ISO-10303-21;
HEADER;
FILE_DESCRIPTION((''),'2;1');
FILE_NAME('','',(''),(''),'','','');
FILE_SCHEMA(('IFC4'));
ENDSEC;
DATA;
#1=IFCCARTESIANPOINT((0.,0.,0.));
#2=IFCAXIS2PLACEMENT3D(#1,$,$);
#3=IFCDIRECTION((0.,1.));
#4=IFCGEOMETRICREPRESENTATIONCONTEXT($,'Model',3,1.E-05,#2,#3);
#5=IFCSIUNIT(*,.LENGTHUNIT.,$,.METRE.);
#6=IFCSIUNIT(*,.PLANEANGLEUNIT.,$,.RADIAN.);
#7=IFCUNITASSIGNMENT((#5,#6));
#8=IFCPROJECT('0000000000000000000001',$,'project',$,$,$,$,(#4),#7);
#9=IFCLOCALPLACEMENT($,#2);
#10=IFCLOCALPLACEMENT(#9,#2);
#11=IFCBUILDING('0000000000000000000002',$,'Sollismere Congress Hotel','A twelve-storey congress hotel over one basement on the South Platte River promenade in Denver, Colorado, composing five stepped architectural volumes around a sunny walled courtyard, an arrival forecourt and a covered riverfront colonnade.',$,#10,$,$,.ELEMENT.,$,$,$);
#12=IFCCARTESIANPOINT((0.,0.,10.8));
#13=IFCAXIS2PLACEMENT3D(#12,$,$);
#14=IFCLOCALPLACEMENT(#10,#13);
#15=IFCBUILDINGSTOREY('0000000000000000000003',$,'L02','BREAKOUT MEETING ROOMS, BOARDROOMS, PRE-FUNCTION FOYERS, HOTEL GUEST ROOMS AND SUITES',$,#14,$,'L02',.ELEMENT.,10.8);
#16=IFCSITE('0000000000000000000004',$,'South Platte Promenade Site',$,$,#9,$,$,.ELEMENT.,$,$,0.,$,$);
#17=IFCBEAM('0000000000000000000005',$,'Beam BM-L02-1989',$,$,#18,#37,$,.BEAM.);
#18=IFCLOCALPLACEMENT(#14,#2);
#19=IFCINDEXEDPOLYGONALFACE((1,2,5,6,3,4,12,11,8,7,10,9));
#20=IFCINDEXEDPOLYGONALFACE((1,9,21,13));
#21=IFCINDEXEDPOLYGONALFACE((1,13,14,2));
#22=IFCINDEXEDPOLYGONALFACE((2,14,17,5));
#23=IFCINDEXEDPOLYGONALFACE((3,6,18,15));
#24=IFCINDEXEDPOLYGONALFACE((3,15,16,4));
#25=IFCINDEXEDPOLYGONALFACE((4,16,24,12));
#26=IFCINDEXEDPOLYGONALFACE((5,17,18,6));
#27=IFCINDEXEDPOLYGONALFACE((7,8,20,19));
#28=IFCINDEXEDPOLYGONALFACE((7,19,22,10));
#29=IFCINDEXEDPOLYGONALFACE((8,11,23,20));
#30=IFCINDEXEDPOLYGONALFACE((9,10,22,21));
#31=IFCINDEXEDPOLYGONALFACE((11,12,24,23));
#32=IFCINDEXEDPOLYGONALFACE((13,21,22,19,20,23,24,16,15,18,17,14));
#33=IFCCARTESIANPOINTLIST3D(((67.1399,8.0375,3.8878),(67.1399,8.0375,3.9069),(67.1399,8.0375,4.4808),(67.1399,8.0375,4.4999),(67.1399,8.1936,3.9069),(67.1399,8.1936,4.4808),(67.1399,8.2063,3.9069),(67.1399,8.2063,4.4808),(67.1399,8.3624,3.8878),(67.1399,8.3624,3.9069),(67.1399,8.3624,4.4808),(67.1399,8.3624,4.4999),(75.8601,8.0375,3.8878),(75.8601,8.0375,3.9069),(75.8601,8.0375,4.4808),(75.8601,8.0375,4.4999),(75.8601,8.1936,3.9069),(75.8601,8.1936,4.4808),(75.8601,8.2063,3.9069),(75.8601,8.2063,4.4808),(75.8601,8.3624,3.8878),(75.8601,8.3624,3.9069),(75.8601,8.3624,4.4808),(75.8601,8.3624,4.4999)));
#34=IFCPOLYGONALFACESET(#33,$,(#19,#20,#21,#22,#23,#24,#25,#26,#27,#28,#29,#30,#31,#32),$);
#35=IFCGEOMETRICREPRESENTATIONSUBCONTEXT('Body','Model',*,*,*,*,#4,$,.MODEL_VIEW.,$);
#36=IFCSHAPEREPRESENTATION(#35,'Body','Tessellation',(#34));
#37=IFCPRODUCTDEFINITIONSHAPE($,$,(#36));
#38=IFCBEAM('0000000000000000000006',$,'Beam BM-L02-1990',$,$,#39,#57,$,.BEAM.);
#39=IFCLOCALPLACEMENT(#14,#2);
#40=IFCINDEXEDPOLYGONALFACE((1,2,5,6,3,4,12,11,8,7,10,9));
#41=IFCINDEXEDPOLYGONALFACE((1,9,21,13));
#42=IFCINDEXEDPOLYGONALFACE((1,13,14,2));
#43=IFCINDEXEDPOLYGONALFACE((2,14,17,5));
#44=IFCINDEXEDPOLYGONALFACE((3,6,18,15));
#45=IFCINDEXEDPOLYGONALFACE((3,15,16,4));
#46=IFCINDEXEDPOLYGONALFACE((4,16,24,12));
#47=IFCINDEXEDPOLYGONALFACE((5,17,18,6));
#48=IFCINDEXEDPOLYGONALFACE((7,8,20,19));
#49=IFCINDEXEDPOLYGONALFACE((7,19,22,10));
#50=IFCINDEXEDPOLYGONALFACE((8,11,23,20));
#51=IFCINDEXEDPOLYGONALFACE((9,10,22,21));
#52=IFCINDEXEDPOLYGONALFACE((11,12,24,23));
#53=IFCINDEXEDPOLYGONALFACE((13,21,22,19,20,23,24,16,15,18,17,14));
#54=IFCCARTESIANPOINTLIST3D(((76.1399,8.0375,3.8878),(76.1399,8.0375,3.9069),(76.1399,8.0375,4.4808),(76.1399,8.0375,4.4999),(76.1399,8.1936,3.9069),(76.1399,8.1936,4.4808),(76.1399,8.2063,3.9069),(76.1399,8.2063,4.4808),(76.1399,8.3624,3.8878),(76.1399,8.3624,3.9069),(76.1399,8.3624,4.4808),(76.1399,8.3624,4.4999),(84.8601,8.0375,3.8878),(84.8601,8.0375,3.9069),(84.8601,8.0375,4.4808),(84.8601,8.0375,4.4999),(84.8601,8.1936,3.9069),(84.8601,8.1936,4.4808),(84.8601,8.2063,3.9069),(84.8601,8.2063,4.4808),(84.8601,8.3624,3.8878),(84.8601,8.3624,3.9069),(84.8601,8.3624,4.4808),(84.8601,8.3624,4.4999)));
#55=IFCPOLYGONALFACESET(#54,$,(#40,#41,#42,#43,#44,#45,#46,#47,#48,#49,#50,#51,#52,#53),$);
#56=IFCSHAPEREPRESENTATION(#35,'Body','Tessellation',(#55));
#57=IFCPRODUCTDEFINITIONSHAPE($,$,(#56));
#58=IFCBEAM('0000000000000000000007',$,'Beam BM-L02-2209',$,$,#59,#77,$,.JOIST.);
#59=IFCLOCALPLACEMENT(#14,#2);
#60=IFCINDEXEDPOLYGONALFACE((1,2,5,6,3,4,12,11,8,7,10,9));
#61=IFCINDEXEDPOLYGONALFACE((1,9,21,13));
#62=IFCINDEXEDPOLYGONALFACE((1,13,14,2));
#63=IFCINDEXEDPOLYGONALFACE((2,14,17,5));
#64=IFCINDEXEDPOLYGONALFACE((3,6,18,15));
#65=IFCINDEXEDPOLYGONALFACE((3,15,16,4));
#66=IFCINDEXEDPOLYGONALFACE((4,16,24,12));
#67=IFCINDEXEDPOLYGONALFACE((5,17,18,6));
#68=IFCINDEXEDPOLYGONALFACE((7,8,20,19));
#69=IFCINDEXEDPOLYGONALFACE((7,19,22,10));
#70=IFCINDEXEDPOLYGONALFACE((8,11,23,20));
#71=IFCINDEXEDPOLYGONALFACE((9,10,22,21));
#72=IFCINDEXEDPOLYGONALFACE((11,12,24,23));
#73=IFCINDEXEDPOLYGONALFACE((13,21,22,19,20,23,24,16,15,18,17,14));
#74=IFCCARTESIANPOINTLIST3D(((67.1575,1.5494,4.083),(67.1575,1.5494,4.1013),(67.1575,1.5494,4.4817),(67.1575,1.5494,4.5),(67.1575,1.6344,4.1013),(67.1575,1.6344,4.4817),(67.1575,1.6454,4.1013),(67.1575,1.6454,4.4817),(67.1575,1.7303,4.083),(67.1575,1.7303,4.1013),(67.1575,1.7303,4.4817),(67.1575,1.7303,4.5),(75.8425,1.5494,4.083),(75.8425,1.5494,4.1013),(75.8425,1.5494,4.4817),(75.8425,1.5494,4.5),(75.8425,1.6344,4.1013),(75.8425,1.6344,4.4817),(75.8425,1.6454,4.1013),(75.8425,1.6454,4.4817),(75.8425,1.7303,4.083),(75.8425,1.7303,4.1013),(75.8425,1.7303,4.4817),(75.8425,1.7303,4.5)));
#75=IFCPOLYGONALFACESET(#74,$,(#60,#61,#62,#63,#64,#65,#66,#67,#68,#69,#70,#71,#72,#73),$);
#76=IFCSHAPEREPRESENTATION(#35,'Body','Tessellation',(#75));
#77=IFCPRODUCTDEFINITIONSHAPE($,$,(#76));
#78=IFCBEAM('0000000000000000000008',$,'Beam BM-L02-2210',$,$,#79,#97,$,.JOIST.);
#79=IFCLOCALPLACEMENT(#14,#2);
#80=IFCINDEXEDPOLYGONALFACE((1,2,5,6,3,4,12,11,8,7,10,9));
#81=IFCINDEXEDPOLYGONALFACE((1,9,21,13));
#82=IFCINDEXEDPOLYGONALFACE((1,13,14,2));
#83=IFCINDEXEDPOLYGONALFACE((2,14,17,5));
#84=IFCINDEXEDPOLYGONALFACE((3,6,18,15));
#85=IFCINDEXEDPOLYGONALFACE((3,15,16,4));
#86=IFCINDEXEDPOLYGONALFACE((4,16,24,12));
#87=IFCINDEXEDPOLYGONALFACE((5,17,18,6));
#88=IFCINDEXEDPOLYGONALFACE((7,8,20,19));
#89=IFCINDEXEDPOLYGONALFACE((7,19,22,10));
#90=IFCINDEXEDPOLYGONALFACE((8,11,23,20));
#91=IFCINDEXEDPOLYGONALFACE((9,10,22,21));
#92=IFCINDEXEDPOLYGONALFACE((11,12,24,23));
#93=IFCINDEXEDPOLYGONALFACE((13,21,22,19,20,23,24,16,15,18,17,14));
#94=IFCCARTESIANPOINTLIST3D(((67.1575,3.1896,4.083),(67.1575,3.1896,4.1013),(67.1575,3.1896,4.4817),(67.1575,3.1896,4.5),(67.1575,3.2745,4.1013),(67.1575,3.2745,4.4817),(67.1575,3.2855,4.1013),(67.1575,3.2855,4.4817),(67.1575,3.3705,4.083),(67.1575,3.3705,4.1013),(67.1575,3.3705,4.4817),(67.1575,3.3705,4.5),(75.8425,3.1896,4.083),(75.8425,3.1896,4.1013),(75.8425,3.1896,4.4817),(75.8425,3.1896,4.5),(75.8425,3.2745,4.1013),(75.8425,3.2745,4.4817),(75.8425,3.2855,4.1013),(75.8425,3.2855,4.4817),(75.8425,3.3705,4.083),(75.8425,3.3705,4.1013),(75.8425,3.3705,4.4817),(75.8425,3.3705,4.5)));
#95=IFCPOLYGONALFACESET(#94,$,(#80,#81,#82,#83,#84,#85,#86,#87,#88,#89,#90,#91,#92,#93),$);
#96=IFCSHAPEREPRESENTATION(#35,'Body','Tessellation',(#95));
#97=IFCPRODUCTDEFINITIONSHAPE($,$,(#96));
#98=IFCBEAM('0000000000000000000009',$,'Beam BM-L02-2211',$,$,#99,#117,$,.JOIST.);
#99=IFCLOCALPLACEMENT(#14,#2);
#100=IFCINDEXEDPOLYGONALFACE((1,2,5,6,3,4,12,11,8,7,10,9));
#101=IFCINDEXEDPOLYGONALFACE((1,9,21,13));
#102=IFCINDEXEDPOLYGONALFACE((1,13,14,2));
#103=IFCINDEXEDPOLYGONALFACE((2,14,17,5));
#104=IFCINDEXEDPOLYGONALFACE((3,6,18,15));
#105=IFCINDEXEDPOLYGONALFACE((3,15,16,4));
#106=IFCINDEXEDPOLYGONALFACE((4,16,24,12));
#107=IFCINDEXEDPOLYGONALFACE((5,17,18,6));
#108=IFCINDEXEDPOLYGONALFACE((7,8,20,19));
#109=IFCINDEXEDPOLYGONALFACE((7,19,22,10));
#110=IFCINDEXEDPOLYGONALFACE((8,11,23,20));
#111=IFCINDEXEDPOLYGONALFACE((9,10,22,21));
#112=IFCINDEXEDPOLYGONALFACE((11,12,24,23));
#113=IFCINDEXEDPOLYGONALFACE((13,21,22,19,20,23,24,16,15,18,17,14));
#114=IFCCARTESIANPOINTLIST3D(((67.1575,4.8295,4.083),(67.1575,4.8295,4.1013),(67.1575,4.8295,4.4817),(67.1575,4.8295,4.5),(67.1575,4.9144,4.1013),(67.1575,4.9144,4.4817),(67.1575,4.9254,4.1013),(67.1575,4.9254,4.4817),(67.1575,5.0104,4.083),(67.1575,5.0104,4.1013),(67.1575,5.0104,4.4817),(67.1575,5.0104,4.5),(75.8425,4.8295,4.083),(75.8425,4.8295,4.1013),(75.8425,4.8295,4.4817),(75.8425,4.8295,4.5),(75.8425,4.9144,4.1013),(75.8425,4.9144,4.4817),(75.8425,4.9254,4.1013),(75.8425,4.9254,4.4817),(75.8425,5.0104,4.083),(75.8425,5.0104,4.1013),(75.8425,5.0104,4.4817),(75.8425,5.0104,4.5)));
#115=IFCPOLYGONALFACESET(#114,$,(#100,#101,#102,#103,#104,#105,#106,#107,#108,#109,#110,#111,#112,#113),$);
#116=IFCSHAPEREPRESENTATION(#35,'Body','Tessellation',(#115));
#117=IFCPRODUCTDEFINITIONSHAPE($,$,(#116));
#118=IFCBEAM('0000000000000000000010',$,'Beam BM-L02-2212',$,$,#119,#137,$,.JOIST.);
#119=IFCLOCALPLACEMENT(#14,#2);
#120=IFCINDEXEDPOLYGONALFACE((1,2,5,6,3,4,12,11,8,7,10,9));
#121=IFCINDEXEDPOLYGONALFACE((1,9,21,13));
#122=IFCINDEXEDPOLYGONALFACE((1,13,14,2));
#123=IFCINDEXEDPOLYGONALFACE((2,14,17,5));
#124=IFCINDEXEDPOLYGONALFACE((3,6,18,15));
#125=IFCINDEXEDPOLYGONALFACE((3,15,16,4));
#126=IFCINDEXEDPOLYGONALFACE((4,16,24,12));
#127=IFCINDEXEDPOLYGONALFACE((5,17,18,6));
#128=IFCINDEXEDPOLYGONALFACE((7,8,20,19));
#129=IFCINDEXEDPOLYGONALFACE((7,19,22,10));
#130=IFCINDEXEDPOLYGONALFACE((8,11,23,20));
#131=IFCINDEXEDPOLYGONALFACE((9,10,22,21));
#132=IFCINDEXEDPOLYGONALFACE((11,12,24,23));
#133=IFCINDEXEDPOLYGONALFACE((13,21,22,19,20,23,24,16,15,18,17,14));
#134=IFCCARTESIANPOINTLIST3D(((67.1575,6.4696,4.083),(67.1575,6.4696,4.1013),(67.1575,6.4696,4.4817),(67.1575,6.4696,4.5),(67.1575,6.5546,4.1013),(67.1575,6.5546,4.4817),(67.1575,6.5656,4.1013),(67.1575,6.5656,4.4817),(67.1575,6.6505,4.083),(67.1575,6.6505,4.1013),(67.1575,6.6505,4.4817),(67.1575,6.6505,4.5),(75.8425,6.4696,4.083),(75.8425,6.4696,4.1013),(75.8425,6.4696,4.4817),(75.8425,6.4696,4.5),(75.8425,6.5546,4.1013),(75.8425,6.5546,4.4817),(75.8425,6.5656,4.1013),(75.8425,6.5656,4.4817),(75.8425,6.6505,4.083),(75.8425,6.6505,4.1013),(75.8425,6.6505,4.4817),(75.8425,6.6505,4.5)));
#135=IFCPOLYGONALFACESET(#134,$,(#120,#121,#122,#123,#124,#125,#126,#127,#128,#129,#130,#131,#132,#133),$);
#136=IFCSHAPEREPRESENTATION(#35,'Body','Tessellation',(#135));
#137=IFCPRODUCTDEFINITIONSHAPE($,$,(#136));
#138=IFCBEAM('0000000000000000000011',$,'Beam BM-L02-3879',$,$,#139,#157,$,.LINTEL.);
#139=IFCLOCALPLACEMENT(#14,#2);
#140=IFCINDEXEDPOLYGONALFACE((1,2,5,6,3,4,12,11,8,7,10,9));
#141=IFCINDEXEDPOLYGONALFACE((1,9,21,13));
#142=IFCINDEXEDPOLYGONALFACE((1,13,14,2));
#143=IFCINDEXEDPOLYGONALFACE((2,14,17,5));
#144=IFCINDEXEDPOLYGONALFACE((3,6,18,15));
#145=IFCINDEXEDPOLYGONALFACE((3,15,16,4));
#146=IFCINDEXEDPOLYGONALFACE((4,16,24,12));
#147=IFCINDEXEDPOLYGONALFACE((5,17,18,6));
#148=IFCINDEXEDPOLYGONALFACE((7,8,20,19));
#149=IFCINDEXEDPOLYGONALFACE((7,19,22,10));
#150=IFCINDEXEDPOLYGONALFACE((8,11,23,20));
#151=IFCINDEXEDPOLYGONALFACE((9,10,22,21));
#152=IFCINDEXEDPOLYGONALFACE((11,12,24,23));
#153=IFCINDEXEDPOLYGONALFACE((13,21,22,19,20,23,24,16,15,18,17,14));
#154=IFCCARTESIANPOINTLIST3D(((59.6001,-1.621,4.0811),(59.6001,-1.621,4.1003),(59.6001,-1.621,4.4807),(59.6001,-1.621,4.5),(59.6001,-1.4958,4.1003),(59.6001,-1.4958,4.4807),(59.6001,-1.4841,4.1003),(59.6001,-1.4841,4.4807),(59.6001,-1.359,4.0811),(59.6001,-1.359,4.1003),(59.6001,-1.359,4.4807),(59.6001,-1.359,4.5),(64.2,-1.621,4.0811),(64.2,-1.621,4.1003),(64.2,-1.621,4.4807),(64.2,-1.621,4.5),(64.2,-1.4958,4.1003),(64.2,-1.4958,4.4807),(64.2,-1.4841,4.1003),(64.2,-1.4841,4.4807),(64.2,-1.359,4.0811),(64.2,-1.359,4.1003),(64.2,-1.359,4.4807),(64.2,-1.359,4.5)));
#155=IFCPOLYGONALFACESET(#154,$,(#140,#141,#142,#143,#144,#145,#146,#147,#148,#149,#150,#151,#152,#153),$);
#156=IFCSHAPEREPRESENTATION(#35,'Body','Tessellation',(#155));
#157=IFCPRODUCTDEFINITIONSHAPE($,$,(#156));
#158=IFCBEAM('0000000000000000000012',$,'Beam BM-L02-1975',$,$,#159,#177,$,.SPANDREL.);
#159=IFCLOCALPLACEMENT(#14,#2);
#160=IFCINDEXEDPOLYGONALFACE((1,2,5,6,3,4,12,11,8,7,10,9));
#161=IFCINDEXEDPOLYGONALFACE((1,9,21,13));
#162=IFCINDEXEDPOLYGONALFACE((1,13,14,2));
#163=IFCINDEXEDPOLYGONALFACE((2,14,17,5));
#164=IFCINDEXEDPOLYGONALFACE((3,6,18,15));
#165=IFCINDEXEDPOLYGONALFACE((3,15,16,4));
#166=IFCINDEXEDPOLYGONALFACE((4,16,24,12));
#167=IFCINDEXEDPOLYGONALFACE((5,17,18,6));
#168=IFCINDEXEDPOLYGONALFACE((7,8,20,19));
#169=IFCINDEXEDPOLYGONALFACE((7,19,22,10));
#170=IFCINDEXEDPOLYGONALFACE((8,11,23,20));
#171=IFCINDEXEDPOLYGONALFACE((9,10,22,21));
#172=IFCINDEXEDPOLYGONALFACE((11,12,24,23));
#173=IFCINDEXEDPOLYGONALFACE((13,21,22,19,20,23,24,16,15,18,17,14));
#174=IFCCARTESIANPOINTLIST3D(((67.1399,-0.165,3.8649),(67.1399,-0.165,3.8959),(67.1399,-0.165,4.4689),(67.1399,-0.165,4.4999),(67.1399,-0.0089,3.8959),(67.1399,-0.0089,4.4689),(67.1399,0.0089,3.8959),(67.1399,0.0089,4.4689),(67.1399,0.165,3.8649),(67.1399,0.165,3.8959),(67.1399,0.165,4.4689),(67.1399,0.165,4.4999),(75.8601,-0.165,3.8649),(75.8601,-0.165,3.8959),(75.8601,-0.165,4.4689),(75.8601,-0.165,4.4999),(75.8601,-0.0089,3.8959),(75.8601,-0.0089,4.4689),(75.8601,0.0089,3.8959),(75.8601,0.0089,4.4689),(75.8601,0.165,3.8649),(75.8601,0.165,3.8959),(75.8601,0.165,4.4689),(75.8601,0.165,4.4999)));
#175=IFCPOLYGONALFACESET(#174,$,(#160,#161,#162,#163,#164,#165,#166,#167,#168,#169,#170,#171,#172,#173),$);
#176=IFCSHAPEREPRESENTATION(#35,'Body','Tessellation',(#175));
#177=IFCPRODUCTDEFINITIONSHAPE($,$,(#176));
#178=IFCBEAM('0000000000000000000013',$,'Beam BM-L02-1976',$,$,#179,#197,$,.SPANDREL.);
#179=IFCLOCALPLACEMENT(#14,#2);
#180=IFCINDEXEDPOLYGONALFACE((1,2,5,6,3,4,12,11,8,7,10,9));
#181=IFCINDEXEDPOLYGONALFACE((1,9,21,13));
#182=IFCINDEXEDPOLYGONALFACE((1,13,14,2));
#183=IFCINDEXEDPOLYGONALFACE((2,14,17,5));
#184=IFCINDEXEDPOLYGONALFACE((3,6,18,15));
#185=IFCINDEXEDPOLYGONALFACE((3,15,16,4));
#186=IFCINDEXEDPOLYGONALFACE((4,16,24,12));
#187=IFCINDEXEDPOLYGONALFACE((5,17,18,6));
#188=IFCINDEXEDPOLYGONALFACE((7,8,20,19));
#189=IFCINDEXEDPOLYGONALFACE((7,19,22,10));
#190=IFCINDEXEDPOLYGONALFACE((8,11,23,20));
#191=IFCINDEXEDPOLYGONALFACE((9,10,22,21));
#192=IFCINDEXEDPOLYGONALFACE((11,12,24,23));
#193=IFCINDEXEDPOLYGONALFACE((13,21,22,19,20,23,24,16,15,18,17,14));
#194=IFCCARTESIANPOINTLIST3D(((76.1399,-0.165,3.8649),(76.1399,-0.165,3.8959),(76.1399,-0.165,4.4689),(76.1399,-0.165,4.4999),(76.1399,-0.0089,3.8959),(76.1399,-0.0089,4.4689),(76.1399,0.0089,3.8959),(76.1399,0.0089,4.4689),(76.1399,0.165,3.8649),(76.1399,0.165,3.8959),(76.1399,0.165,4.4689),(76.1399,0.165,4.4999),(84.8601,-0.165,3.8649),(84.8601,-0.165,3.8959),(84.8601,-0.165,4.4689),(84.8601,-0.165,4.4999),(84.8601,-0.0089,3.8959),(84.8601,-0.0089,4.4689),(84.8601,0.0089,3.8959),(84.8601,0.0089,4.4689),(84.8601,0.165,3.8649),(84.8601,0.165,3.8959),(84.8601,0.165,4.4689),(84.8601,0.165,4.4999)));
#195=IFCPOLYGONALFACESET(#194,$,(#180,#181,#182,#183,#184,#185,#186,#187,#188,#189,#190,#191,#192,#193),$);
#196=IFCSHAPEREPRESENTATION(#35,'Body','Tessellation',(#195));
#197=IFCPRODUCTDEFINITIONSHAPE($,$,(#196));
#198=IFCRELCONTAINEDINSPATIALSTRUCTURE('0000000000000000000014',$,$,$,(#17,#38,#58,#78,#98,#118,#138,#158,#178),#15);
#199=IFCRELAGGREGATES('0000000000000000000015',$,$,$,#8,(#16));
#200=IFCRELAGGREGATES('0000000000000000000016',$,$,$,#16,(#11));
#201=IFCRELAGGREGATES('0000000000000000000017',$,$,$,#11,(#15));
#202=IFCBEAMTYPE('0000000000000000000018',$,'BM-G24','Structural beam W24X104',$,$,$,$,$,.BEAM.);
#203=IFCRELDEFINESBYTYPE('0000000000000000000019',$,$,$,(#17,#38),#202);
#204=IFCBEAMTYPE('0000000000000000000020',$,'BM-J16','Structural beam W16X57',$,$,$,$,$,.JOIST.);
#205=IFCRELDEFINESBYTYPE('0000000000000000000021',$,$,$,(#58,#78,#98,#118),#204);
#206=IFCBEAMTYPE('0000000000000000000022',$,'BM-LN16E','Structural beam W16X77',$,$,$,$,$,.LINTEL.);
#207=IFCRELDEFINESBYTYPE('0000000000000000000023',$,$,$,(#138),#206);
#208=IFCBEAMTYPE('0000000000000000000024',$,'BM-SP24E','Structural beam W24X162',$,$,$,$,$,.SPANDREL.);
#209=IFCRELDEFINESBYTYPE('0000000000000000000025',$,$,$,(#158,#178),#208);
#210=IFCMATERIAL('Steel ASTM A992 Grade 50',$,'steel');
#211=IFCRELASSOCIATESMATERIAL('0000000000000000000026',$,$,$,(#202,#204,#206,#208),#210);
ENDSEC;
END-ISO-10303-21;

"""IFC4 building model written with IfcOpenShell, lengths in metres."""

from ifc_helpers import new_model, si_unit, direction, frame, origin, origin_2d, place, context, subcontext, project, spatial, i_section, extrude, material, material_profile, profile_set, type_object, element, save


model = new_model("IFC4")

# Units and contexts
model_context = context("Model", 3, precision=1e-05, world=origin(), true_north=direction((0.0, 1.0)))
body_context = subcontext(model_context, "Body", "Model", "MODEL_VIEW")
ifc_project = project(units=[si_unit("LENGTHUNIT", "METRE"), si_unit("PLANEANGLEUNIT", "RADIAN")], contexts=[model_context])

# Site, building, storey
site_placement = place(None, origin())
site = spatial("IfcSite", under=ifc_project, at=site_placement, Name="South Platte Promenade Site", CompositionType="ELEMENT", RefElevation=0.0)
building_placement = place(site_placement, origin())
building = spatial("IfcBuilding", under=site, at=building_placement, Name="Sollismere Congress Hotel", Description="A twelve-storey congress hotel over one basement on the South Platte River promenade in Denver, Colorado, composing five stepped architectural volumes around a sunny walled courtyard, an arrival forecourt and a covered riverfront colonnade.", CompositionType="ELEMENT")
storey_placement = place(building_placement, frame((0.0, 0.0, 10.8)))
storey = spatial("IfcBuildingStorey", under=building, at=storey_placement, Name="L02", Description="BREAKOUT MEETING ROOMS, BOARDROOMS, PRE-FUNCTION FOYERS, HOTEL GUEST ROOMS AND SUITES", LongName="L02", CompositionType="ELEMENT", Elevation=10.8)

# Shared definitions
ifc_material_1 = material(Name="Steel ASTM A992 Grade 50", Category="steel")

# Beams
ifc_material_profile_1 = material_profile(ifc_material_1, i_section(OverallWidth=0.325, OverallDepth=0.6121, WebThickness=0.0127, FlangeThickness=0.019, at=origin_2d()), Name="W24X104")
ifc_profile_set_1 = profile_set([ifc_material_profile_1], Name="Steel ASTM A992 Grade 50")
beam_type_1 = type_object("IfcBeamType", Name="BM-G24", Description="Structural beam W24X104", PredefinedType="BEAM", material=ifc_profile_set_1)
for number, where, z_axis, x_axis, name in (
    (1, (67.1399, 8.2, 4.1938), (1.0, 0.0, 0.0), (0.0, 1.0, 0.0), "Beam BM-L02-1989"),
    (2, (76.1399, 8.2, 4.1938), (1.0, 0.0, 0.0), (0.0, 1.0, 0.0), "Beam BM-L02-1990"),
):
    element("IfcBeam", number, at=place(storey_placement, frame(where, z_axis=z_axis, x_axis=x_axis)), inside=storey, type_object=beam_type_1, Name=name, PredefinedType="BEAM", context=body_context, shape_type="SweptSolid", body=[
        extrude(i_section(OverallWidth=0.325, OverallDepth=0.6121, WebThickness=0.0127, FlangeThickness=0.019, at=origin_2d()), origin(), (0.0, 0.0, 1.0), 8.7202),
    ])
ifc_material_profile_2 = material_profile(ifc_material_1, i_section(OverallWidth=0.1809, OverallDepth=0.417, WebThickness=0.011, FlangeThickness=0.0183, at=origin_2d()), Name="W16X57")
ifc_profile_set_2 = profile_set([ifc_material_profile_2], Name="Steel ASTM A992 Grade 50")
beam_type_2 = type_object("IfcBeamType", Name="BM-J16", Description="Structural beam W16X57", PredefinedType="JOIST", material=ifc_profile_set_2)
for number, where, z_axis, x_axis, name in (
    (3, (67.1575, 1.6399, 4.2915), (1.0, 0.0, 0.0), (0.0, 1.0, 0.0), "Beam BM-L02-2209"),
    (4, (67.1575, 3.28, 4.2915), (1.0, 0.0, 0.0), (0.0, 1.0, 0.0), "Beam BM-L02-2210"),
    (5, (67.1575, 4.9199, 4.2915), (1.0, 0.0, 0.0), (0.0, 1.0, 0.0), "Beam BM-L02-2211"),
    (6, (67.1575, 6.5601, 4.2915), (1.0, 0.0, 0.0), (0.0, 1.0, 0.0), "Beam BM-L02-2212"),
):
    element("IfcBeam", number, at=place(storey_placement, frame(where, z_axis=z_axis, x_axis=x_axis)), inside=storey, type_object=beam_type_2, Name=name, PredefinedType="JOIST", context=body_context, shape_type="SweptSolid", body=[
        extrude(i_section(OverallWidth=0.1809, OverallDepth=0.417, WebThickness=0.011, FlangeThickness=0.0183, at=origin_2d()), origin(), (0.0, 0.0, 1.0), 8.6851),
    ])
ifc_material_profile_3 = material_profile(ifc_material_1, i_section(OverallWidth=0.262, OverallDepth=0.4189, WebThickness=0.0117, FlangeThickness=0.0193, at=origin_2d()), Name="W16X77")
ifc_profile_set_3 = profile_set([ifc_material_profile_3], Name="Steel ASTM A992 Grade 50")
beam_type_3 = type_object("IfcBeamType", Name="BM-LN16E", Description="Structural beam W16X77", PredefinedType="LINTEL", material=ifc_profile_set_3)
beam_placement = place(storey_placement, frame((59.6001, -1.49, 4.2905), z_axis=(1.0, 0.0, 0.0), x_axis=(0.0, 1.0, 0.0)))
element("IfcBeam", 7, at=beam_placement, inside=storey, type_object=beam_type_3, Name="Beam BM-L02-3879", PredefinedType="LINTEL", context=body_context, shape_type="SweptSolid", body=[
    extrude(i_section(OverallWidth=0.262, OverallDepth=0.4189, WebThickness=0.0117, FlangeThickness=0.0193, at=origin_2d()), origin(), (0.0, 0.0, 1.0), 4.5999),
])
ifc_material_profile_4 = material_profile(ifc_material_1, i_section(OverallWidth=0.3301, OverallDepth=0.635, WebThickness=0.0178, FlangeThickness=0.031, at=origin_2d()), Name="W24X162")
ifc_profile_set_4 = profile_set([ifc_material_profile_4], Name="Steel ASTM A992 Grade 50")
beam_type_4 = type_object("IfcBeamType", Name="BM-SP24E", Description="Structural beam W24X162", PredefinedType="SPANDREL", material=ifc_profile_set_4)
for number, where, z_axis, x_axis, name in (
    (8, (67.1399, 0.0, 4.1824), (1.0, 0.0, 0.0), (0.0, 1.0, 0.0), "Beam BM-L02-1975"),
    (9, (76.1399, 0.0, 4.1824), (1.0, 0.0, 0.0), (0.0, 1.0, 0.0), "Beam BM-L02-1976"),
):
    element("IfcBeam", number, at=place(storey_placement, frame(where, z_axis=z_axis, x_axis=x_axis)), inside=storey, type_object=beam_type_4, Name=name, PredefinedType="SPANDREL", context=body_context, shape_type="SweptSolid", body=[
        extrude(i_section(OverallWidth=0.3301, OverallDepth=0.635, WebThickness=0.0178, FlangeThickness=0.031, at=origin_2d()), origin(), (0.0, 0.0, 1.0), 8.7202),
    ])

save(model, "model.ifc")
